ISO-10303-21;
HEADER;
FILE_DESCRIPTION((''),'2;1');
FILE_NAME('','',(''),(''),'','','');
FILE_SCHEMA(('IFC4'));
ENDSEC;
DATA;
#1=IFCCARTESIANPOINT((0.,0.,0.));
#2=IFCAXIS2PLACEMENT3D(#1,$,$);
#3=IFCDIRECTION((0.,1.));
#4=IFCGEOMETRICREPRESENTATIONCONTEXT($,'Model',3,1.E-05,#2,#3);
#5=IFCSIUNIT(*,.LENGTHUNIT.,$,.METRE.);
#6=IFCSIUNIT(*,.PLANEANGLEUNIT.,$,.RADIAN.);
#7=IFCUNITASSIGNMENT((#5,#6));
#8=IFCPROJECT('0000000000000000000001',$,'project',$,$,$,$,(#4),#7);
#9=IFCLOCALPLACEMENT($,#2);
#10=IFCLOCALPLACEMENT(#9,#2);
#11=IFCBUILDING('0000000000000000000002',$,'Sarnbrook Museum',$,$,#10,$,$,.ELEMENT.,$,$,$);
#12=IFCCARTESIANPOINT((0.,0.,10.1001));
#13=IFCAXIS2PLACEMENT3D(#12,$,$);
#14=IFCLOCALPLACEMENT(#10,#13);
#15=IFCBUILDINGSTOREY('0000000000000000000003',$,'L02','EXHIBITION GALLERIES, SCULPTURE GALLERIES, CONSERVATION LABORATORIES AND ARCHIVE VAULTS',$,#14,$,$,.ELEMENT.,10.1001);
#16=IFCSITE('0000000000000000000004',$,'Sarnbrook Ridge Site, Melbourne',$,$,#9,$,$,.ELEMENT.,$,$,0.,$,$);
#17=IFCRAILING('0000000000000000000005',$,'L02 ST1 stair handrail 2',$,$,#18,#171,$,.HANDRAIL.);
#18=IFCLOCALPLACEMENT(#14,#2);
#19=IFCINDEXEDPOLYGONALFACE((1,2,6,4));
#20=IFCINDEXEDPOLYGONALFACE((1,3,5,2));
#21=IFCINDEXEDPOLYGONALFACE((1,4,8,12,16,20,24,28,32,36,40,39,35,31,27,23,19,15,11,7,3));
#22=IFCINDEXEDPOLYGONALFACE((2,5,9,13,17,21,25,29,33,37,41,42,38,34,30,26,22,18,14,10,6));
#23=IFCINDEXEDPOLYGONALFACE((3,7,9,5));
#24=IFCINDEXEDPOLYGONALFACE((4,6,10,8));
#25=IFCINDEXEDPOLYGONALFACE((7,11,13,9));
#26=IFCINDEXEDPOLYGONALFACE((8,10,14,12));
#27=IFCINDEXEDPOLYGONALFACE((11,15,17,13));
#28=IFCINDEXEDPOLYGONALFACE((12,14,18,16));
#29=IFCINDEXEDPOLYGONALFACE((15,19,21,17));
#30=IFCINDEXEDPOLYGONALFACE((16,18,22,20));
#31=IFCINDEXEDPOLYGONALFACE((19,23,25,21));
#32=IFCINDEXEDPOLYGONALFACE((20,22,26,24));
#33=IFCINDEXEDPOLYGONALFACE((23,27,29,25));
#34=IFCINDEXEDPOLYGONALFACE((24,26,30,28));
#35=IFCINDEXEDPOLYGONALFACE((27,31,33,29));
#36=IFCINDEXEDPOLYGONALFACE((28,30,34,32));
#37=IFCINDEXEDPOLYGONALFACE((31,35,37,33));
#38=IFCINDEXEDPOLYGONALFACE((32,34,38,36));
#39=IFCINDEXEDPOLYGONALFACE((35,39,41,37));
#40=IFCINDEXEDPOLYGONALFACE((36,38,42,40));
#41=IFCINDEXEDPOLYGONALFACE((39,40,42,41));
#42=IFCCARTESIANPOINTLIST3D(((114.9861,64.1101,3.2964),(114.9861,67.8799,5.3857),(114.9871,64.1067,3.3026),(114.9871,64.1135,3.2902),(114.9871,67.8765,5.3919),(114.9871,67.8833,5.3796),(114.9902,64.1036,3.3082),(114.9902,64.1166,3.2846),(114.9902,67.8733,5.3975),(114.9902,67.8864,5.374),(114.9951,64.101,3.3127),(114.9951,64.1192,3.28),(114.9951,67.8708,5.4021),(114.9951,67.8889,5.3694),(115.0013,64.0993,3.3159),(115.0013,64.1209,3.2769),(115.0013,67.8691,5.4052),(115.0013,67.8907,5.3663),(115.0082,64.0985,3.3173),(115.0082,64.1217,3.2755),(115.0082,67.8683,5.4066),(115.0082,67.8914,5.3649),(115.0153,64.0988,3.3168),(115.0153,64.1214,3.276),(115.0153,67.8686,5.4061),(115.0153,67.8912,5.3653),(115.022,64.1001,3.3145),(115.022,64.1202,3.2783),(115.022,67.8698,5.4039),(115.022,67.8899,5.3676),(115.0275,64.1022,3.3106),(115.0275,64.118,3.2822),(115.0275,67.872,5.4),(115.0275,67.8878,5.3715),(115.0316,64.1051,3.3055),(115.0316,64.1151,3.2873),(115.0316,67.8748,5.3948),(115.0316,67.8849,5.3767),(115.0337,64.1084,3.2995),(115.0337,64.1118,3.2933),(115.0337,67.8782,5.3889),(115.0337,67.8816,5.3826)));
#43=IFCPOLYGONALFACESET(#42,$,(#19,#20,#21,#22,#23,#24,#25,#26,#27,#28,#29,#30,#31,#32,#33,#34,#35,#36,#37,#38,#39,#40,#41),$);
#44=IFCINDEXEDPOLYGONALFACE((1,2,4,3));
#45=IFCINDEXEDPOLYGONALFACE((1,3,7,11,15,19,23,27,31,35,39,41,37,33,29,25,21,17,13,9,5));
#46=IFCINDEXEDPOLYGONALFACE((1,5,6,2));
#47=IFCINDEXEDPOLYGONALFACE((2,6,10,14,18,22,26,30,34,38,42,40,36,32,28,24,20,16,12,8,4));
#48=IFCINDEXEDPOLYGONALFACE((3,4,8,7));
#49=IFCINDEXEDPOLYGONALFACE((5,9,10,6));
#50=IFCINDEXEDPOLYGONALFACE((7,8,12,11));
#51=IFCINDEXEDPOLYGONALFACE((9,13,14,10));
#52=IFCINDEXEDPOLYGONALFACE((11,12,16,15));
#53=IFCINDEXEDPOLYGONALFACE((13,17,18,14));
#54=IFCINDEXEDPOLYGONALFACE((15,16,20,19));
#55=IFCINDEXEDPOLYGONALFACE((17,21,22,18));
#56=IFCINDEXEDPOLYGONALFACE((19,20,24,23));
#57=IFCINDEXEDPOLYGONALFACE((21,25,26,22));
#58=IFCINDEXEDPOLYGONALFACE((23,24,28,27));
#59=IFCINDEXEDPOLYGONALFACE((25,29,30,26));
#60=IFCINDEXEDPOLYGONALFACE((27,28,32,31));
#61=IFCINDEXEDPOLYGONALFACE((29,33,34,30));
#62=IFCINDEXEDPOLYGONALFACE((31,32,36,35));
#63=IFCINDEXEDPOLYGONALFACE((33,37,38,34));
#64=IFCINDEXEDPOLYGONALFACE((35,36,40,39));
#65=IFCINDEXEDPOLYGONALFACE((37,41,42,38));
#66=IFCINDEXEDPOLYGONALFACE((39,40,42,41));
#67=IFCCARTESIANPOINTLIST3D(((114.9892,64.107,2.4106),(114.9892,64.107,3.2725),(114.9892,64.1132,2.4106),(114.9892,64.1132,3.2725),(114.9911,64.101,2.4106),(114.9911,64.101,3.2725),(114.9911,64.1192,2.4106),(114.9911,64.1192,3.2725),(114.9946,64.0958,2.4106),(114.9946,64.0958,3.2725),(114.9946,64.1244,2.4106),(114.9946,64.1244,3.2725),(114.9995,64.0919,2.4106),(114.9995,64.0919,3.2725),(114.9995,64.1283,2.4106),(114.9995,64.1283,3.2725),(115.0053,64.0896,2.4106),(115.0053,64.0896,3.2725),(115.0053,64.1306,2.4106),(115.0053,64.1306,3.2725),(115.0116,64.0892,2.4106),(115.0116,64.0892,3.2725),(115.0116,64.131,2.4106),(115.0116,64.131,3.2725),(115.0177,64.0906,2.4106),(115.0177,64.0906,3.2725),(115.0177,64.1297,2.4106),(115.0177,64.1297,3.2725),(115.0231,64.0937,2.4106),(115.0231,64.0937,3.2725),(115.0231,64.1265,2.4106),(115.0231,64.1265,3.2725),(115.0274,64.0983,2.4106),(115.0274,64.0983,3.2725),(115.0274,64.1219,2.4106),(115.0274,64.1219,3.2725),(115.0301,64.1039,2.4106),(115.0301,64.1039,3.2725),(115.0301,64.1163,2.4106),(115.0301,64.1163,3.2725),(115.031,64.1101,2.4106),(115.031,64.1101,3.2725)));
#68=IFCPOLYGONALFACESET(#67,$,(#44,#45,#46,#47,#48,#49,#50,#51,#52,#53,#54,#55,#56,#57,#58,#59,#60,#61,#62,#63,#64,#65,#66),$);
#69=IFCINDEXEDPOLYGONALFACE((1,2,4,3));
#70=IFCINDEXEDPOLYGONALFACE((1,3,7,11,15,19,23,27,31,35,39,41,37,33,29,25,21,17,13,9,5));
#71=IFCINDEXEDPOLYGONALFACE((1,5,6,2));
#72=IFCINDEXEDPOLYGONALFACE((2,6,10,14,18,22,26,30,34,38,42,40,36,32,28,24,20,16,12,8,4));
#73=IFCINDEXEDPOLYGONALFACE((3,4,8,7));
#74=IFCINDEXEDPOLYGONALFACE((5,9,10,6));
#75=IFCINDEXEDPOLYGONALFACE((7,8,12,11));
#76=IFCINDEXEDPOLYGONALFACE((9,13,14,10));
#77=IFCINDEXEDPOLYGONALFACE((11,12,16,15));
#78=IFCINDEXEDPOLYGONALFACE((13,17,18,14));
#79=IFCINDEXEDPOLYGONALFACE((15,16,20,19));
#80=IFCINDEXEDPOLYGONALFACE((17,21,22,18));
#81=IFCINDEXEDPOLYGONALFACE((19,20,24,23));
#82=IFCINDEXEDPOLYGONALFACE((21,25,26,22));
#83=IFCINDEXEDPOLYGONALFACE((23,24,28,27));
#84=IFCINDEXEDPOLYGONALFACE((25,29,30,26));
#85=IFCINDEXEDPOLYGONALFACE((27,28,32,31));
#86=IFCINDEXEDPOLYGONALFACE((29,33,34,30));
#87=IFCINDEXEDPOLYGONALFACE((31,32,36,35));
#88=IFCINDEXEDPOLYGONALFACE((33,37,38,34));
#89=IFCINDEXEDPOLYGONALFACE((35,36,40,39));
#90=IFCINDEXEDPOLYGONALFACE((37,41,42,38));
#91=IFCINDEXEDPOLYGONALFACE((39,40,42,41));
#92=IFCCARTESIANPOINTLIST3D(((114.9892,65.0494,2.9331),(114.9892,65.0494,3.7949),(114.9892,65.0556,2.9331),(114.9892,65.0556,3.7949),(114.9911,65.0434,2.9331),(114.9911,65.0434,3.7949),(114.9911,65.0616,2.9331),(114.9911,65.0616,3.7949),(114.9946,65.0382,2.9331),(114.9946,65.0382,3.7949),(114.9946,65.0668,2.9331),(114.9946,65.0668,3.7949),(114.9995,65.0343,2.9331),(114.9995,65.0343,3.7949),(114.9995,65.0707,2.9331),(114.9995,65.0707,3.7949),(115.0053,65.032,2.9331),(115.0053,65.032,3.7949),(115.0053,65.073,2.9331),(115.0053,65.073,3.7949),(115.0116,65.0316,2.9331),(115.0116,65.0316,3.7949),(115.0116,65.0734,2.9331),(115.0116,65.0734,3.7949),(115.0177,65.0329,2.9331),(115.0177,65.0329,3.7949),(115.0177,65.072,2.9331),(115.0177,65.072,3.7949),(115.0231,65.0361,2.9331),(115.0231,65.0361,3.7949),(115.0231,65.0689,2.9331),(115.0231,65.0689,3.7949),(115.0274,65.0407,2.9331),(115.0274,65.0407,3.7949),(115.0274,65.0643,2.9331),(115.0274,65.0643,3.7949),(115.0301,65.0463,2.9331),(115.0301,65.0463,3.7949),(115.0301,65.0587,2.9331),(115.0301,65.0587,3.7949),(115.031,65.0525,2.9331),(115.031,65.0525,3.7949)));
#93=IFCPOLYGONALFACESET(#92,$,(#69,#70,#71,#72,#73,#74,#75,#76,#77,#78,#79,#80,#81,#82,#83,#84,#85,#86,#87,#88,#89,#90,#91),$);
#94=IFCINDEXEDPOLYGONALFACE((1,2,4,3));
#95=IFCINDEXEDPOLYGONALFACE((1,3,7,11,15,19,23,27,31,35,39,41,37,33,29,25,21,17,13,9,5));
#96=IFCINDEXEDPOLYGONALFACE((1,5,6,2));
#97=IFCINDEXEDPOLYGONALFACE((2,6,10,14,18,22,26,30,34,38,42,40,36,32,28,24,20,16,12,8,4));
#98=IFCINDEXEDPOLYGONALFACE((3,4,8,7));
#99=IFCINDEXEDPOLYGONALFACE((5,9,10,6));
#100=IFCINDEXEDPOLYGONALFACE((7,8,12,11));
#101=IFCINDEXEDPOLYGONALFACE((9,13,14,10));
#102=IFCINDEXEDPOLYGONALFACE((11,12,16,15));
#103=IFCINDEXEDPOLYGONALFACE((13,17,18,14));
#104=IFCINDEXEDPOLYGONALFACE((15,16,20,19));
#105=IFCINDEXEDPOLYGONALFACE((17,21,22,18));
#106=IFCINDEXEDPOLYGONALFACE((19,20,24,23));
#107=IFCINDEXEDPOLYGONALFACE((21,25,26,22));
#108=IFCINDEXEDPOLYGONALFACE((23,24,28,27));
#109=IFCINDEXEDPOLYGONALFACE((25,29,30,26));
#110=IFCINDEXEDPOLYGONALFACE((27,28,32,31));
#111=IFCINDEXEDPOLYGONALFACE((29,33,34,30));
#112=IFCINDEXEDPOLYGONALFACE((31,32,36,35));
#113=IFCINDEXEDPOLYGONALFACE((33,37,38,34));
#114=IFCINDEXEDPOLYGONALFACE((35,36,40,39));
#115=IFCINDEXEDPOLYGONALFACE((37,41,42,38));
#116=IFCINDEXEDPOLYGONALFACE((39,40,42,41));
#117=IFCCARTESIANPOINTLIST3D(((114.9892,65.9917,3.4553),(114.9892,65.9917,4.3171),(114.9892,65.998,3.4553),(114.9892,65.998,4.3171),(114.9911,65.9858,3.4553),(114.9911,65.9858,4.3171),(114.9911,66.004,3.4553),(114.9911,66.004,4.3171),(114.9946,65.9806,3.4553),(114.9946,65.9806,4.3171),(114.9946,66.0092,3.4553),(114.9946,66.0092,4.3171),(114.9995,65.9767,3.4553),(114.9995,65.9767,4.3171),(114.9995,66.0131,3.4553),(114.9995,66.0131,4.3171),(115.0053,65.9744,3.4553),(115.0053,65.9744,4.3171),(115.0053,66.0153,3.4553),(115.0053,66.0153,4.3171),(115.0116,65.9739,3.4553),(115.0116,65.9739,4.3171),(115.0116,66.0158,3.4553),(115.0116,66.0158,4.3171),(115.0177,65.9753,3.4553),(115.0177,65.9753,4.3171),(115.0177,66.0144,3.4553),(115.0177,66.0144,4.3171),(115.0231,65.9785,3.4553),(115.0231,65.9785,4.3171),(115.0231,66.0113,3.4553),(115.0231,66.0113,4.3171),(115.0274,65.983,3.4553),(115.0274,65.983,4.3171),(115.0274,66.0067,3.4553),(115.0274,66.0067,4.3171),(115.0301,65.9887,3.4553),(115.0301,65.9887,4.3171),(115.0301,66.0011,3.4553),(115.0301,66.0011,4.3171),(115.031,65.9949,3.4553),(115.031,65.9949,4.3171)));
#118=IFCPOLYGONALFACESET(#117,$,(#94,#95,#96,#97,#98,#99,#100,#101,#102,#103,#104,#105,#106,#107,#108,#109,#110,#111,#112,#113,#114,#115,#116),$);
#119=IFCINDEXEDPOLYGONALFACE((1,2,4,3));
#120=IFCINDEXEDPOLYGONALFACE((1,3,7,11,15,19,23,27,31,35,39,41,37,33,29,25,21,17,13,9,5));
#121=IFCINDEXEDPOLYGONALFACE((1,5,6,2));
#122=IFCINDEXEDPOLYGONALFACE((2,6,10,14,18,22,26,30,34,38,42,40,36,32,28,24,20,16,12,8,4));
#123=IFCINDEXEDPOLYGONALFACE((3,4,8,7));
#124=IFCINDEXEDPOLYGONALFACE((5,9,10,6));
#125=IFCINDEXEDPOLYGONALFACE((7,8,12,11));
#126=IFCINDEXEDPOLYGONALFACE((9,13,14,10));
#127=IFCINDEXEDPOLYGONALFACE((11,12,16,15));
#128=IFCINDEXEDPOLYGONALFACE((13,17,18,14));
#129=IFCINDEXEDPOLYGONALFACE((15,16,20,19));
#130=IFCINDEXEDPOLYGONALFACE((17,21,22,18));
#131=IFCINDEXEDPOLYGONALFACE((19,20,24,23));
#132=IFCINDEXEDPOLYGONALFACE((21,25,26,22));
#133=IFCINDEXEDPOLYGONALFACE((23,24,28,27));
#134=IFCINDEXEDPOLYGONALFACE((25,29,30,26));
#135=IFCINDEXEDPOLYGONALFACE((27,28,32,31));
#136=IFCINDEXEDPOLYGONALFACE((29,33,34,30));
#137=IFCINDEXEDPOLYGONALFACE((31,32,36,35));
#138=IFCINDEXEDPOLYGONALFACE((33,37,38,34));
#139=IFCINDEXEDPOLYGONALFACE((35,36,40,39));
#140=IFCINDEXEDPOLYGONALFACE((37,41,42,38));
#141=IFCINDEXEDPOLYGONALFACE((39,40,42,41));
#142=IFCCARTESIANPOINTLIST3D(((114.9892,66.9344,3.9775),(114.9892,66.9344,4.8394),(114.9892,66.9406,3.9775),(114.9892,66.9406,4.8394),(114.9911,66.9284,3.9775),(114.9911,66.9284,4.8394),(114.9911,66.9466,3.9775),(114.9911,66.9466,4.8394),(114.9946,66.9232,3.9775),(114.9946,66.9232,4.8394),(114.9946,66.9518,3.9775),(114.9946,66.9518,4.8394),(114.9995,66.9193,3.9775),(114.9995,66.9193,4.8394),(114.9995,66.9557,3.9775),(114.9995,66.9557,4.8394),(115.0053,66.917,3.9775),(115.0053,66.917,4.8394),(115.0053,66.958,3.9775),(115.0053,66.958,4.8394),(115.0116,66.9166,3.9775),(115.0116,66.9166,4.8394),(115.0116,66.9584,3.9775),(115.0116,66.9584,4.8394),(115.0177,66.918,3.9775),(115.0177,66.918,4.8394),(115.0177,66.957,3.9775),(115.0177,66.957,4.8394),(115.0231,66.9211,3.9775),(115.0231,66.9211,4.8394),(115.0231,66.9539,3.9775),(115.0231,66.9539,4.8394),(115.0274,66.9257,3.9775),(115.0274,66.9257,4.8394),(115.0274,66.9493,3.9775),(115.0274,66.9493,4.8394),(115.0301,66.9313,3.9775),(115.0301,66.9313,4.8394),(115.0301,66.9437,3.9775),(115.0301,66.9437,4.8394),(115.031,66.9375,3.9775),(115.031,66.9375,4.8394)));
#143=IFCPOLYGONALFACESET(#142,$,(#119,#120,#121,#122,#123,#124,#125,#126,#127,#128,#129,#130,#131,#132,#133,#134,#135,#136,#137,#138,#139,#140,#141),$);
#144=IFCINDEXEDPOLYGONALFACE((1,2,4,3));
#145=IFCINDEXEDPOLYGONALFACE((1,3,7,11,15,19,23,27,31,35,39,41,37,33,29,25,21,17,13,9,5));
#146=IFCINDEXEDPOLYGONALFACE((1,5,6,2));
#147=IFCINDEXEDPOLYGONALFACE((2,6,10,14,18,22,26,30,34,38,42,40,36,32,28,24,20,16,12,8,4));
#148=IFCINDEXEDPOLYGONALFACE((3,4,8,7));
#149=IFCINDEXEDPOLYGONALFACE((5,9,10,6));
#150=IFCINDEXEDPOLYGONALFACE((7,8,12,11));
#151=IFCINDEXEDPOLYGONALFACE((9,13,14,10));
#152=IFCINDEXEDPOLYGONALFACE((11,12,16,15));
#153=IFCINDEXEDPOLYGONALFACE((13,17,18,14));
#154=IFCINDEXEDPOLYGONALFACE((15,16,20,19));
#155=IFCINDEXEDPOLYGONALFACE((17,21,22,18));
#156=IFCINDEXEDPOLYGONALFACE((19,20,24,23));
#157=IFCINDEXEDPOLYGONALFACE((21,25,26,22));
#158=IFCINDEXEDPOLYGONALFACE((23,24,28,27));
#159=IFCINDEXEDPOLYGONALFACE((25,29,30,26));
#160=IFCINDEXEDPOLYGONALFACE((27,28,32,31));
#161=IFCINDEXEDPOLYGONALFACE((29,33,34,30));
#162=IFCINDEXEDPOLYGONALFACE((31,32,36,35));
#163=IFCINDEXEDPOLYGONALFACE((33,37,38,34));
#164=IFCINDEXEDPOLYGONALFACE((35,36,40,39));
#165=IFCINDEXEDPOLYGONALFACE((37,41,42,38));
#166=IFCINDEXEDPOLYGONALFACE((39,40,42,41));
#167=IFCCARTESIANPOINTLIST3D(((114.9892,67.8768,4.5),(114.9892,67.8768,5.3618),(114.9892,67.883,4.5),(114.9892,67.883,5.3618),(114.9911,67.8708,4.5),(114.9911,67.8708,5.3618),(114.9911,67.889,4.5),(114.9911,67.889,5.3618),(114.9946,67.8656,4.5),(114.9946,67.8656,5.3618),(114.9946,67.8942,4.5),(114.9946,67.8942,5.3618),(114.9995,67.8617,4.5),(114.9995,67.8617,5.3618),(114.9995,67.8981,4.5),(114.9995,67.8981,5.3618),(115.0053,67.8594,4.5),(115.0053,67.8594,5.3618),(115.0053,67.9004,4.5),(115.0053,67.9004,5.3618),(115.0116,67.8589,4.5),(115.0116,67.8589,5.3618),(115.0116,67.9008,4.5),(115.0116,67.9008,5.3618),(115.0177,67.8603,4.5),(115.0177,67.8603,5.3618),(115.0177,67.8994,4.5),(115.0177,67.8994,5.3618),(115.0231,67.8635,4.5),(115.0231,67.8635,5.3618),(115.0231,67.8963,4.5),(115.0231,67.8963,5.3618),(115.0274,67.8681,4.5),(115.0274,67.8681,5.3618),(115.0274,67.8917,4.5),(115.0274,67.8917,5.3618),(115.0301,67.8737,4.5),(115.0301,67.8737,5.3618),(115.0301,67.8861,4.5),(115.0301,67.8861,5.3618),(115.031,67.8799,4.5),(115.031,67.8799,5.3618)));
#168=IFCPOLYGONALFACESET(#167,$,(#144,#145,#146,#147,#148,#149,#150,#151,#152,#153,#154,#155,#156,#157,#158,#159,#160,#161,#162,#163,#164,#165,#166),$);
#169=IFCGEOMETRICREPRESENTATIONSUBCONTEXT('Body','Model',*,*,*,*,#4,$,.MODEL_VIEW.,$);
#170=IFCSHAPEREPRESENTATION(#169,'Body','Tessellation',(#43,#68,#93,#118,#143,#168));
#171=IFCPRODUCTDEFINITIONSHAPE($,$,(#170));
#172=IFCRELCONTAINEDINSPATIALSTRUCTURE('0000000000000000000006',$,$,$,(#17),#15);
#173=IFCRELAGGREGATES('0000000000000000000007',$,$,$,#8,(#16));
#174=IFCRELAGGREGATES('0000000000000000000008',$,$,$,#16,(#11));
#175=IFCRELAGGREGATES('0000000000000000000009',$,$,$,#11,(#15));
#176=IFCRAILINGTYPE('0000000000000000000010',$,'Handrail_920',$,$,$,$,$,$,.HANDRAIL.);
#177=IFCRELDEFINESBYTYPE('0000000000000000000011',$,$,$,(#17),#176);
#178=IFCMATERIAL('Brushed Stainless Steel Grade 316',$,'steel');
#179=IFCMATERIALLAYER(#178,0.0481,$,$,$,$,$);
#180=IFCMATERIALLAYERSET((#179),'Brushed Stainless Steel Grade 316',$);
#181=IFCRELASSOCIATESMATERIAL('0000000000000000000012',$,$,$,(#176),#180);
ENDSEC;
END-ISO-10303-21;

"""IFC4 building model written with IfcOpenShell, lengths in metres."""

from ifc_helpers import new_model, si_unit, direction, frame, origin, origin_2d, place, context, subcontext, project, spatial, circle, extrude, material, layer, layer_set, type_object, element, save


model = new_model("IFC4")

# Units and contexts
model_context = context("Model", 3, precision=1e-05, world=origin(), true_north=direction((0.0, 1.0)))
body_context = subcontext(model_context, "Body", "Model", "MODEL_VIEW")
ifc_project = project(units=[si_unit("LENGTHUNIT", "METRE"), si_unit("PLANEANGLEUNIT", "RADIAN")], contexts=[model_context])

# Site, building, storey
site_placement = place(None, origin())
site = spatial("IfcSite", under=ifc_project, at=site_placement, Name="Sarnbrook Ridge Site, Melbourne", CompositionType="ELEMENT", RefElevation=0.0)
building_placement = place(site_placement, origin())
building = spatial("IfcBuilding", under=site, at=building_placement, Name="Sarnbrook Museum", CompositionType="ELEMENT")
storey_placement = place(building_placement, frame((0.0, 0.0, 10.1001)))
storey = spatial("IfcBuildingStorey", under=building, at=storey_placement, Name="L02", Description="EXHIBITION GALLERIES, SCULPTURE GALLERIES, CONSERVATION LABORATORIES AND ARCHIVE VAULTS", CompositionType="ELEMENT", Elevation=10.1001)

# Shared definitions
ifc_material_1 = material(Name="Brushed Stainless Steel Grade 316", Category="steel")

# Railing
ifc_layer_1 = layer(ifc_material_1, 0.0481)
ifc_layer_set_1 = layer_set([ifc_layer_1], Name="Brushed Stainless Steel Grade 316")
railing_type_1 = type_object("IfcRailingType", Name="Handrail_920", PredefinedType="HANDRAIL", material=ifc_layer_set_1)
railing_1_placement = place(storey_placement, frame((115.01, 64.1101, 2.4106)))
element("IfcRailing", 1, at=railing_1_placement, inside=storey, type_object=railing_type_1, Name="L02 ST1 stair handrail 2", PredefinedType="HANDRAIL", context=body_context, shape_type="SweptSolid", body=[
    extrude(circle(Radius=0.0239, at=origin_2d()), frame((0.0, 0.0, 0.8857), z_axis=(0.0, 0.874646, 0.484763), x_axis=(-1.0, 0.0, 0.0)), (0.0, 0.0, 1.0), 4.3101),
    extrude(circle(Radius=0.021, at=origin_2d()), origin(), (0.0, 0.0, 1.0), 0.8618),
    extrude(circle(Radius=0.021, at=origin_2d()), frame((0.0, 0.9424, 0.5225)), (0.0, 0.0, 1.0), 0.8618),
    extrude(circle(Radius=0.021, at=origin_2d()), frame((0.0, 1.8848, 1.0447)), (0.0, 0.0, 1.0), 0.8618),
    extrude(circle(Radius=0.021, at=origin_2d()), frame((0.0, 2.8274, 1.5669)), (0.0, 0.0, 1.0), 0.8618),
    extrude(circle(Radius=0.021, at=origin_2d()), frame((0.0, 3.7698, 2.0894)), (0.0, 0.0, 1.0), 0.8618),
])

save(model, "model.ifc")
